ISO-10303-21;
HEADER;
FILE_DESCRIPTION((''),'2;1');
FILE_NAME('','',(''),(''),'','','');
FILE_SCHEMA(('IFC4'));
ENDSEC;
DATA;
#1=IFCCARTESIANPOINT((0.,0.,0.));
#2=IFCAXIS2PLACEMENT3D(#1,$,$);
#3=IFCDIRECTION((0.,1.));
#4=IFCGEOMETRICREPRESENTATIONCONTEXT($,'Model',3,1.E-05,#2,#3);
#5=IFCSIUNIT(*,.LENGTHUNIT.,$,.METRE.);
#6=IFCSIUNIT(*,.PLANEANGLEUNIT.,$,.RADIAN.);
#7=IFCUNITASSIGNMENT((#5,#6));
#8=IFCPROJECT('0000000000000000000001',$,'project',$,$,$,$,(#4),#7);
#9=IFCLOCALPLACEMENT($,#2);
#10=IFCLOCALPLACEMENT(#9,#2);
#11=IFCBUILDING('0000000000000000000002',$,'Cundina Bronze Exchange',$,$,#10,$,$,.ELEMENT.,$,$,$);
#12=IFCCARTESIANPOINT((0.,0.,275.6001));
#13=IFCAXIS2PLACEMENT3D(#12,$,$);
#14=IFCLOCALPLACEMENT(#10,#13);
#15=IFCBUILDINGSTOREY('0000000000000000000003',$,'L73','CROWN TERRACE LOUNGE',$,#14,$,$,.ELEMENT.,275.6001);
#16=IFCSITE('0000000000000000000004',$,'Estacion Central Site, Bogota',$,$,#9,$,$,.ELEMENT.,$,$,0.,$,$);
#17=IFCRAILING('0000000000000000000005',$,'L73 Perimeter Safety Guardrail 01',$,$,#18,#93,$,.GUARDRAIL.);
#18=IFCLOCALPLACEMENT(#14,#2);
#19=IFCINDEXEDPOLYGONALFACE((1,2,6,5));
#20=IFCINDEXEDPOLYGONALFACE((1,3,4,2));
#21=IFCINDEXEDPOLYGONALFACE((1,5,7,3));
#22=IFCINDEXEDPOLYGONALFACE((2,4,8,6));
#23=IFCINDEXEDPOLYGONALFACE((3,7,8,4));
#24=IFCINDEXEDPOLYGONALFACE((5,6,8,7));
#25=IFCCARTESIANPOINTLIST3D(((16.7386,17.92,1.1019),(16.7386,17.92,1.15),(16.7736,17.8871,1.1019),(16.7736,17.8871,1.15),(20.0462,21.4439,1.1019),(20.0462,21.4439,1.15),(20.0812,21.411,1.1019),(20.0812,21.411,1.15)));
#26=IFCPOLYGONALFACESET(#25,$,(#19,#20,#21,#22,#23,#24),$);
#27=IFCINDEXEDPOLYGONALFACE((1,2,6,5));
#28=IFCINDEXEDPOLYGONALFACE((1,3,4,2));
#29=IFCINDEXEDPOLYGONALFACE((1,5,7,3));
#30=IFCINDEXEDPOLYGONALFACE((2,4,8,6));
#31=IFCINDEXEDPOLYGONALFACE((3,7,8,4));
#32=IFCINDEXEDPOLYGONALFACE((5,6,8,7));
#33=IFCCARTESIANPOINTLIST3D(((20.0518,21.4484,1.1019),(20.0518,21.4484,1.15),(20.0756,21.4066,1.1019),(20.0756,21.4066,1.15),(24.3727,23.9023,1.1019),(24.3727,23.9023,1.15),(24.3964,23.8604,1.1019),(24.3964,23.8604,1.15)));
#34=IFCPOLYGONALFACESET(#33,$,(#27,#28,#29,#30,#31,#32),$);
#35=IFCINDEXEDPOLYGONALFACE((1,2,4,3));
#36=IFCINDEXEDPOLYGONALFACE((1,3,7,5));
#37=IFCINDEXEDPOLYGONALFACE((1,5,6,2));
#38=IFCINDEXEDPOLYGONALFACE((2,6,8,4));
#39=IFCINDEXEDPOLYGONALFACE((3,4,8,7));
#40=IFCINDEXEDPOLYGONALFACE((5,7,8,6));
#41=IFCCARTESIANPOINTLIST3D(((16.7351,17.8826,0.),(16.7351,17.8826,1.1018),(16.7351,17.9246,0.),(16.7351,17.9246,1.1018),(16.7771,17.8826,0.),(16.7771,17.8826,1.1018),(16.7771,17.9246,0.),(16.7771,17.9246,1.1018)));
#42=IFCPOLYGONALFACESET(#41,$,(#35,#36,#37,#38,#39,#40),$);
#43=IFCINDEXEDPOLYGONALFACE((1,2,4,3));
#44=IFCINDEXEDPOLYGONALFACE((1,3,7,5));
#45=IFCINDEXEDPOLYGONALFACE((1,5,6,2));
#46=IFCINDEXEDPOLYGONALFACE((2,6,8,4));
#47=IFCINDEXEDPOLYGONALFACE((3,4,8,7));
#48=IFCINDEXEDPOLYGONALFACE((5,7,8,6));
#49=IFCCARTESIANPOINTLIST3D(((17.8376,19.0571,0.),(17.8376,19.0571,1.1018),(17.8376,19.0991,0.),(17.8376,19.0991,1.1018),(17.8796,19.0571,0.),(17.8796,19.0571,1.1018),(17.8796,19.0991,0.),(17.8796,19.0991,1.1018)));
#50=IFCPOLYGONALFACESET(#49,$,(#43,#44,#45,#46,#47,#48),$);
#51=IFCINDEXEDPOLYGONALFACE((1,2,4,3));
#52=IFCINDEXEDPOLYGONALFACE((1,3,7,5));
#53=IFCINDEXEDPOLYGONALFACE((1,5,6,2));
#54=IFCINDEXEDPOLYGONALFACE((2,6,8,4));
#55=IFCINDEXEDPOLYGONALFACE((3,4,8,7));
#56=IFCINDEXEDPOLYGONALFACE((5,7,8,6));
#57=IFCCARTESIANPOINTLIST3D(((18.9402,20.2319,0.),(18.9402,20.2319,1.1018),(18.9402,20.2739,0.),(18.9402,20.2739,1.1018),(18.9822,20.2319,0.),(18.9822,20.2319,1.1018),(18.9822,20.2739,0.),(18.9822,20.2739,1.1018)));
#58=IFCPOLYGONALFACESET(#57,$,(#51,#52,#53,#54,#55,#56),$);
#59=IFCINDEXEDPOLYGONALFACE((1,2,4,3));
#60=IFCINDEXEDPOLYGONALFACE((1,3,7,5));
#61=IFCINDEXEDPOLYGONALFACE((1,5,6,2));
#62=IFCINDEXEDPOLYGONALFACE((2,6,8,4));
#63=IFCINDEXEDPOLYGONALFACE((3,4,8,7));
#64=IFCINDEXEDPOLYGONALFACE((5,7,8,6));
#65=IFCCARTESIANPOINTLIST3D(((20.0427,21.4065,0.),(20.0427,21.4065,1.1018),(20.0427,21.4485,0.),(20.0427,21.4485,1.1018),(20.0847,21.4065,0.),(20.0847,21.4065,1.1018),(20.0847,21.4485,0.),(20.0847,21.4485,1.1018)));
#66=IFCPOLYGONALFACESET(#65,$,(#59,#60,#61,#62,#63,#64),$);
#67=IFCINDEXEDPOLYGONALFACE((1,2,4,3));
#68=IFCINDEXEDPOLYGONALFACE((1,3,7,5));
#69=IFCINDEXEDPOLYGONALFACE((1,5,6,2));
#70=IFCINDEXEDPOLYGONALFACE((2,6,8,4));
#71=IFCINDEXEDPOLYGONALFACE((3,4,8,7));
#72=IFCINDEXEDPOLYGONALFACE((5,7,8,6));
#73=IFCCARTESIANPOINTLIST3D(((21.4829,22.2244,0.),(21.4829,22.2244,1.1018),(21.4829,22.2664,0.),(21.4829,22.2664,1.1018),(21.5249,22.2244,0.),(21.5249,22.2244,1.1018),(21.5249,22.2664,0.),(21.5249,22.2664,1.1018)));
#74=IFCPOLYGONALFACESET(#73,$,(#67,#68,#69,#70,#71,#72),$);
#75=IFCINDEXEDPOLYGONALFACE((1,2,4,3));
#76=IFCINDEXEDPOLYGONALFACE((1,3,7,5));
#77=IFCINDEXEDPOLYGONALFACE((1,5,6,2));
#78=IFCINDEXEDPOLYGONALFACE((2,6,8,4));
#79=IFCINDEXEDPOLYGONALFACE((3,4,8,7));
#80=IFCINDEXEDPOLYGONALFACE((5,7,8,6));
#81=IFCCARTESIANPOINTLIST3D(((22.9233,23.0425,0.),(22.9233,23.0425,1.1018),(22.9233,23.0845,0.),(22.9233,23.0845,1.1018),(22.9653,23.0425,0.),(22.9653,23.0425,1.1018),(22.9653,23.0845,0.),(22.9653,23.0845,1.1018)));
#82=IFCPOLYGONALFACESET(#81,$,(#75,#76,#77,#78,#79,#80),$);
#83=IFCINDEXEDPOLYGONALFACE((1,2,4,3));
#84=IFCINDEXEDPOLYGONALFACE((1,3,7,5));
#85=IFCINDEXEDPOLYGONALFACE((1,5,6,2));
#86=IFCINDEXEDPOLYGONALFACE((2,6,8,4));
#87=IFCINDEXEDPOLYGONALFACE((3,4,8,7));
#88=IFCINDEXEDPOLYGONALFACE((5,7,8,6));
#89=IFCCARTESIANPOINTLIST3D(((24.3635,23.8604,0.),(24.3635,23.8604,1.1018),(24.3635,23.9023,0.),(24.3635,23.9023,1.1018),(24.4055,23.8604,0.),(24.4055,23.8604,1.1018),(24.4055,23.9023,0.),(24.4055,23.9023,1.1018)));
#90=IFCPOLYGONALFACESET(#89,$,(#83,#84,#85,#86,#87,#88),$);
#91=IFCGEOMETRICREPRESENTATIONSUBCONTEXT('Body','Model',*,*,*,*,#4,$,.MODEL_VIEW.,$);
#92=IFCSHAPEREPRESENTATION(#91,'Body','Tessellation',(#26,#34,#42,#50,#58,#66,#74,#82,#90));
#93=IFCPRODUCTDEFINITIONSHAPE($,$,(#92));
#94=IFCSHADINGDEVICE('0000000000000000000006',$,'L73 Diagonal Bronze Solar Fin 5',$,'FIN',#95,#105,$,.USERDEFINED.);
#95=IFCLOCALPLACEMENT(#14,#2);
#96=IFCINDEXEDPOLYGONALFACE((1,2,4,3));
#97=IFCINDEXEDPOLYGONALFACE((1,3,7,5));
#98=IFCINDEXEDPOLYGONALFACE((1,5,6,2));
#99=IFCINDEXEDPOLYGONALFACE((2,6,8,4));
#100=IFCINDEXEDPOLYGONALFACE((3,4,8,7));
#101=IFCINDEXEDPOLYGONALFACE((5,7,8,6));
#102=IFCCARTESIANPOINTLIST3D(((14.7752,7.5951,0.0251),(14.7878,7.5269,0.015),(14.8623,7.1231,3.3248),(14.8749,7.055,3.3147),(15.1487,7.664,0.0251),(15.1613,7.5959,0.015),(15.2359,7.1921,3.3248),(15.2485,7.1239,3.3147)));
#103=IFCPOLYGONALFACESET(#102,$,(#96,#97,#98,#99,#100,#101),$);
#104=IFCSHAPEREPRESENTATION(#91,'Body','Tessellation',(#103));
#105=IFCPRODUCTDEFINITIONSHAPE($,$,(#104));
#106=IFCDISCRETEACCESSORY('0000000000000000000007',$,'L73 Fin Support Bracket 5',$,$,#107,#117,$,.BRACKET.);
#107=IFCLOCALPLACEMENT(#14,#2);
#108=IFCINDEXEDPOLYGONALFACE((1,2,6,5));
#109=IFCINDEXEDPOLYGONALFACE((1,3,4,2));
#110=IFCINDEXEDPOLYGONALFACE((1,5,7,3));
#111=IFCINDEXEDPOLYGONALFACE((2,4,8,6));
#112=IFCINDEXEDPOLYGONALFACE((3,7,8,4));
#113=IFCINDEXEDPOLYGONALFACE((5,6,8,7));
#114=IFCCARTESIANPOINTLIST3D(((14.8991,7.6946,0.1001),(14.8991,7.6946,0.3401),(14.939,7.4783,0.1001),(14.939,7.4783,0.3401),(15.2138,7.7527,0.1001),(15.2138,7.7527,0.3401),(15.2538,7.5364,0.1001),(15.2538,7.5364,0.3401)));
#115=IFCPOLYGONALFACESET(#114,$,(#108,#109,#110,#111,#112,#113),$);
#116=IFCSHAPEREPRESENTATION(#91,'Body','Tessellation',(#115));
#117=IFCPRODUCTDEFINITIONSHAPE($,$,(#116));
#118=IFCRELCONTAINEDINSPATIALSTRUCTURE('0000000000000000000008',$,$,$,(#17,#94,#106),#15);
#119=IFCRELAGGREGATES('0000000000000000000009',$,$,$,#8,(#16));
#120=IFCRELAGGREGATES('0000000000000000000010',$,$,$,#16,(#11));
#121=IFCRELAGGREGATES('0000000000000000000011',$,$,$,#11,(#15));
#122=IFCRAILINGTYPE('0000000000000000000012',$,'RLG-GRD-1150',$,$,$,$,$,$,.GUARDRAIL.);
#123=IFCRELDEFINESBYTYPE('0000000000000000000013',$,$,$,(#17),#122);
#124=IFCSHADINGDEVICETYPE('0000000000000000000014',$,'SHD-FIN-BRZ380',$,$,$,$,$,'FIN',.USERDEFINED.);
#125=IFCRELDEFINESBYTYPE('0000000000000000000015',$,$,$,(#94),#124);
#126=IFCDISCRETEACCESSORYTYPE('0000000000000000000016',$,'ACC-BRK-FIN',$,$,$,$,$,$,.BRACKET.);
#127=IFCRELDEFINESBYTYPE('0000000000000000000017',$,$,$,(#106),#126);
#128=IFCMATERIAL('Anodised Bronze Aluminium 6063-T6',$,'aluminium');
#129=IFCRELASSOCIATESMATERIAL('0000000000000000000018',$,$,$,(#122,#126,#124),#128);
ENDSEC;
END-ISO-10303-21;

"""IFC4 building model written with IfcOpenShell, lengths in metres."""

from ifc_helpers import new_model, si_unit, direction, frame, origin, origin_2d, place, context, subcontext, project, spatial, rectangle, extrude, material, material_profile, profile_set, type_object, element, save


model = new_model("IFC4")

# Units and contexts
model_context = context("Model", 3, precision=1e-05, world=origin(), true_north=direction((0.0, 1.0)))
body_context = subcontext(model_context, "Body", "Model", "MODEL_VIEW")
ifc_project = project(units=[si_unit("LENGTHUNIT", "METRE"), si_unit("PLANEANGLEUNIT", "RADIAN")], contexts=[model_context])

# Site, building, storey
site_placement = place(None, origin())
site = spatial("IfcSite", under=ifc_project, at=site_placement, Name="Estacion Central Site, Bogota", CompositionType="ELEMENT", RefElevation=0.0)
building_placement = place(site_placement, origin())
building = spatial("IfcBuilding", under=site, at=building_placement, Name="Cundina Bronze Exchange", CompositionType="ELEMENT")
storey_placement = place(building_placement, frame((0.0, 0.0, 275.6001)))
storey = spatial("IfcBuildingStorey", under=building, at=storey_placement, Name="L73", Description="CROWN TERRACE LOUNGE", CompositionType="ELEMENT", Elevation=275.6001)

# Shared definitions
ifc_material_1 = material(Name="Anodised Bronze Aluminium 6063-T6", Category="aluminium")

# Railing
railing_type = type_object("IfcRailingType", Name="RLG-GRD-1150", PredefinedType="GUARDRAIL", material=ifc_material_1)
railing_placement = place(storey_placement, frame((16.7561, 17.9036, 0.0)))
element("IfcRailing", 1, at=railing_placement, inside=storey, type_object=railing_type, Name="L73 Perimeter Safety Guardrail 01", PredefinedType="GUARDRAIL", context=body_context, shape_type="SweptSolid", body=[
    extrude(rectangle(XDim=0.0481, YDim=0.0481, at=origin_2d()), frame((0.0, 0.0, 1.126), z_axis=(0.684375, 0.729131, 0.0), x_axis=(-0.729131, 0.684375, 0.0)), (0.0, 0.0, 1.0), 4.833),
    extrude(rectangle(XDim=0.0481, YDim=0.0481, at=origin_2d()), frame((3.3076, 3.5239, 1.126), z_axis=(0.869555, 0.493836, 0.0), x_axis=(-0.493836, 0.869555, 0.0)), (0.0, 0.0, 1.0), 4.969),
    extrude(rectangle(XDim=0.042, YDim=0.042, at=origin_2d()), origin(), (0.0, 0.0, 1.0), 1.1018),
    extrude(rectangle(XDim=0.042, YDim=0.042, at=origin_2d()), frame((1.1025, 1.1746, 0.0)), (0.0, 0.0, 1.0), 1.1018),
    extrude(rectangle(XDim=0.042, YDim=0.042, at=origin_2d()), frame((2.2051, 2.3494, 0.0)), (0.0, 0.0, 1.0), 1.1018),
    extrude(rectangle(XDim=0.042, YDim=0.042, at=origin_2d()), frame((3.3076, 3.5239, 0.0)), (0.0, 0.0, 1.0), 1.1018),
    extrude(rectangle(XDim=0.042, YDim=0.042, at=origin_2d()), frame((4.7478, 4.3418, 0.0)), (0.0, 0.0, 1.0), 1.1018),
    extrude(rectangle(XDim=0.042, YDim=0.042, at=origin_2d()), frame((6.1882, 5.1599, 0.0)), (0.0, 0.0, 1.0), 1.1018),
    extrude(rectangle(XDim=0.042, YDim=0.042, at=origin_2d()), frame((7.6284, 5.9778, 0.0)), (0.0, 0.0, 1.0), 1.1018),
])

# Shading device
ifc_material_profile_1 = material_profile(ifc_material_1, rectangle(XDim=0.0701, YDim=0.3799, at=origin_2d()), Name="FIN70X380", Category="aluminium")
ifc_profile_set_1 = profile_set([ifc_material_profile_1], Name="Anodised Bronze Aluminium 6063-T6")
shading_device_type = type_object("IfcShadingDeviceType", Name="SHD-FIN-BRZ380", ElementType="FIN", PredefinedType="USERDEFINED", material=ifc_profile_set_1)
shading_device_placement = place(storey_placement, frame((14.9683, 7.5955, 0.02), z_axis=(0.026138, -0.141527, 0.989589), x_axis=(-0.179725, 0.973132, 0.14392)))
element("IfcShadingDevice", 2, at=shading_device_placement, inside=storey, type_object=shading_device_type, Name="L73 Diagonal Bronze Solar Fin 5", ObjectType="FIN", PredefinedType="USERDEFINED", context=body_context, shape_type="SweptSolid", body=[
    extrude(rectangle(XDim=0.0701, YDim=0.3799, at=origin_2d()), origin(), (0.0, 0.0, 1.0), 3.3345),
])

# Discrete accessory
discrete_accessory_type = type_object("IfcDiscreteAccessoryType", Name="ACC-BRK-FIN", PredefinedType="BRACKET", material=ifc_material_1)
discrete_accessory_placement = place(storey_placement, frame((15.0764, 7.6155, 0.1001), z_axis=(0.0, 0.0, 1.0), x_axis=(0.181566, -0.983379, 0.0)))
element("IfcDiscreteAccessory", 3, at=discrete_accessory_placement, inside=storey, type_object=discrete_accessory_type, Name="L73 Fin Support Bracket 5", PredefinedType="BRACKET", context=body_context, shape_type="SweptSolid", body=[
    extrude(rectangle(XDim=0.22, YDim=0.3201, at=origin_2d()), origin(), (0.0, 0.0, 1.0), 0.24),
])

save(model, "model.ifc")
